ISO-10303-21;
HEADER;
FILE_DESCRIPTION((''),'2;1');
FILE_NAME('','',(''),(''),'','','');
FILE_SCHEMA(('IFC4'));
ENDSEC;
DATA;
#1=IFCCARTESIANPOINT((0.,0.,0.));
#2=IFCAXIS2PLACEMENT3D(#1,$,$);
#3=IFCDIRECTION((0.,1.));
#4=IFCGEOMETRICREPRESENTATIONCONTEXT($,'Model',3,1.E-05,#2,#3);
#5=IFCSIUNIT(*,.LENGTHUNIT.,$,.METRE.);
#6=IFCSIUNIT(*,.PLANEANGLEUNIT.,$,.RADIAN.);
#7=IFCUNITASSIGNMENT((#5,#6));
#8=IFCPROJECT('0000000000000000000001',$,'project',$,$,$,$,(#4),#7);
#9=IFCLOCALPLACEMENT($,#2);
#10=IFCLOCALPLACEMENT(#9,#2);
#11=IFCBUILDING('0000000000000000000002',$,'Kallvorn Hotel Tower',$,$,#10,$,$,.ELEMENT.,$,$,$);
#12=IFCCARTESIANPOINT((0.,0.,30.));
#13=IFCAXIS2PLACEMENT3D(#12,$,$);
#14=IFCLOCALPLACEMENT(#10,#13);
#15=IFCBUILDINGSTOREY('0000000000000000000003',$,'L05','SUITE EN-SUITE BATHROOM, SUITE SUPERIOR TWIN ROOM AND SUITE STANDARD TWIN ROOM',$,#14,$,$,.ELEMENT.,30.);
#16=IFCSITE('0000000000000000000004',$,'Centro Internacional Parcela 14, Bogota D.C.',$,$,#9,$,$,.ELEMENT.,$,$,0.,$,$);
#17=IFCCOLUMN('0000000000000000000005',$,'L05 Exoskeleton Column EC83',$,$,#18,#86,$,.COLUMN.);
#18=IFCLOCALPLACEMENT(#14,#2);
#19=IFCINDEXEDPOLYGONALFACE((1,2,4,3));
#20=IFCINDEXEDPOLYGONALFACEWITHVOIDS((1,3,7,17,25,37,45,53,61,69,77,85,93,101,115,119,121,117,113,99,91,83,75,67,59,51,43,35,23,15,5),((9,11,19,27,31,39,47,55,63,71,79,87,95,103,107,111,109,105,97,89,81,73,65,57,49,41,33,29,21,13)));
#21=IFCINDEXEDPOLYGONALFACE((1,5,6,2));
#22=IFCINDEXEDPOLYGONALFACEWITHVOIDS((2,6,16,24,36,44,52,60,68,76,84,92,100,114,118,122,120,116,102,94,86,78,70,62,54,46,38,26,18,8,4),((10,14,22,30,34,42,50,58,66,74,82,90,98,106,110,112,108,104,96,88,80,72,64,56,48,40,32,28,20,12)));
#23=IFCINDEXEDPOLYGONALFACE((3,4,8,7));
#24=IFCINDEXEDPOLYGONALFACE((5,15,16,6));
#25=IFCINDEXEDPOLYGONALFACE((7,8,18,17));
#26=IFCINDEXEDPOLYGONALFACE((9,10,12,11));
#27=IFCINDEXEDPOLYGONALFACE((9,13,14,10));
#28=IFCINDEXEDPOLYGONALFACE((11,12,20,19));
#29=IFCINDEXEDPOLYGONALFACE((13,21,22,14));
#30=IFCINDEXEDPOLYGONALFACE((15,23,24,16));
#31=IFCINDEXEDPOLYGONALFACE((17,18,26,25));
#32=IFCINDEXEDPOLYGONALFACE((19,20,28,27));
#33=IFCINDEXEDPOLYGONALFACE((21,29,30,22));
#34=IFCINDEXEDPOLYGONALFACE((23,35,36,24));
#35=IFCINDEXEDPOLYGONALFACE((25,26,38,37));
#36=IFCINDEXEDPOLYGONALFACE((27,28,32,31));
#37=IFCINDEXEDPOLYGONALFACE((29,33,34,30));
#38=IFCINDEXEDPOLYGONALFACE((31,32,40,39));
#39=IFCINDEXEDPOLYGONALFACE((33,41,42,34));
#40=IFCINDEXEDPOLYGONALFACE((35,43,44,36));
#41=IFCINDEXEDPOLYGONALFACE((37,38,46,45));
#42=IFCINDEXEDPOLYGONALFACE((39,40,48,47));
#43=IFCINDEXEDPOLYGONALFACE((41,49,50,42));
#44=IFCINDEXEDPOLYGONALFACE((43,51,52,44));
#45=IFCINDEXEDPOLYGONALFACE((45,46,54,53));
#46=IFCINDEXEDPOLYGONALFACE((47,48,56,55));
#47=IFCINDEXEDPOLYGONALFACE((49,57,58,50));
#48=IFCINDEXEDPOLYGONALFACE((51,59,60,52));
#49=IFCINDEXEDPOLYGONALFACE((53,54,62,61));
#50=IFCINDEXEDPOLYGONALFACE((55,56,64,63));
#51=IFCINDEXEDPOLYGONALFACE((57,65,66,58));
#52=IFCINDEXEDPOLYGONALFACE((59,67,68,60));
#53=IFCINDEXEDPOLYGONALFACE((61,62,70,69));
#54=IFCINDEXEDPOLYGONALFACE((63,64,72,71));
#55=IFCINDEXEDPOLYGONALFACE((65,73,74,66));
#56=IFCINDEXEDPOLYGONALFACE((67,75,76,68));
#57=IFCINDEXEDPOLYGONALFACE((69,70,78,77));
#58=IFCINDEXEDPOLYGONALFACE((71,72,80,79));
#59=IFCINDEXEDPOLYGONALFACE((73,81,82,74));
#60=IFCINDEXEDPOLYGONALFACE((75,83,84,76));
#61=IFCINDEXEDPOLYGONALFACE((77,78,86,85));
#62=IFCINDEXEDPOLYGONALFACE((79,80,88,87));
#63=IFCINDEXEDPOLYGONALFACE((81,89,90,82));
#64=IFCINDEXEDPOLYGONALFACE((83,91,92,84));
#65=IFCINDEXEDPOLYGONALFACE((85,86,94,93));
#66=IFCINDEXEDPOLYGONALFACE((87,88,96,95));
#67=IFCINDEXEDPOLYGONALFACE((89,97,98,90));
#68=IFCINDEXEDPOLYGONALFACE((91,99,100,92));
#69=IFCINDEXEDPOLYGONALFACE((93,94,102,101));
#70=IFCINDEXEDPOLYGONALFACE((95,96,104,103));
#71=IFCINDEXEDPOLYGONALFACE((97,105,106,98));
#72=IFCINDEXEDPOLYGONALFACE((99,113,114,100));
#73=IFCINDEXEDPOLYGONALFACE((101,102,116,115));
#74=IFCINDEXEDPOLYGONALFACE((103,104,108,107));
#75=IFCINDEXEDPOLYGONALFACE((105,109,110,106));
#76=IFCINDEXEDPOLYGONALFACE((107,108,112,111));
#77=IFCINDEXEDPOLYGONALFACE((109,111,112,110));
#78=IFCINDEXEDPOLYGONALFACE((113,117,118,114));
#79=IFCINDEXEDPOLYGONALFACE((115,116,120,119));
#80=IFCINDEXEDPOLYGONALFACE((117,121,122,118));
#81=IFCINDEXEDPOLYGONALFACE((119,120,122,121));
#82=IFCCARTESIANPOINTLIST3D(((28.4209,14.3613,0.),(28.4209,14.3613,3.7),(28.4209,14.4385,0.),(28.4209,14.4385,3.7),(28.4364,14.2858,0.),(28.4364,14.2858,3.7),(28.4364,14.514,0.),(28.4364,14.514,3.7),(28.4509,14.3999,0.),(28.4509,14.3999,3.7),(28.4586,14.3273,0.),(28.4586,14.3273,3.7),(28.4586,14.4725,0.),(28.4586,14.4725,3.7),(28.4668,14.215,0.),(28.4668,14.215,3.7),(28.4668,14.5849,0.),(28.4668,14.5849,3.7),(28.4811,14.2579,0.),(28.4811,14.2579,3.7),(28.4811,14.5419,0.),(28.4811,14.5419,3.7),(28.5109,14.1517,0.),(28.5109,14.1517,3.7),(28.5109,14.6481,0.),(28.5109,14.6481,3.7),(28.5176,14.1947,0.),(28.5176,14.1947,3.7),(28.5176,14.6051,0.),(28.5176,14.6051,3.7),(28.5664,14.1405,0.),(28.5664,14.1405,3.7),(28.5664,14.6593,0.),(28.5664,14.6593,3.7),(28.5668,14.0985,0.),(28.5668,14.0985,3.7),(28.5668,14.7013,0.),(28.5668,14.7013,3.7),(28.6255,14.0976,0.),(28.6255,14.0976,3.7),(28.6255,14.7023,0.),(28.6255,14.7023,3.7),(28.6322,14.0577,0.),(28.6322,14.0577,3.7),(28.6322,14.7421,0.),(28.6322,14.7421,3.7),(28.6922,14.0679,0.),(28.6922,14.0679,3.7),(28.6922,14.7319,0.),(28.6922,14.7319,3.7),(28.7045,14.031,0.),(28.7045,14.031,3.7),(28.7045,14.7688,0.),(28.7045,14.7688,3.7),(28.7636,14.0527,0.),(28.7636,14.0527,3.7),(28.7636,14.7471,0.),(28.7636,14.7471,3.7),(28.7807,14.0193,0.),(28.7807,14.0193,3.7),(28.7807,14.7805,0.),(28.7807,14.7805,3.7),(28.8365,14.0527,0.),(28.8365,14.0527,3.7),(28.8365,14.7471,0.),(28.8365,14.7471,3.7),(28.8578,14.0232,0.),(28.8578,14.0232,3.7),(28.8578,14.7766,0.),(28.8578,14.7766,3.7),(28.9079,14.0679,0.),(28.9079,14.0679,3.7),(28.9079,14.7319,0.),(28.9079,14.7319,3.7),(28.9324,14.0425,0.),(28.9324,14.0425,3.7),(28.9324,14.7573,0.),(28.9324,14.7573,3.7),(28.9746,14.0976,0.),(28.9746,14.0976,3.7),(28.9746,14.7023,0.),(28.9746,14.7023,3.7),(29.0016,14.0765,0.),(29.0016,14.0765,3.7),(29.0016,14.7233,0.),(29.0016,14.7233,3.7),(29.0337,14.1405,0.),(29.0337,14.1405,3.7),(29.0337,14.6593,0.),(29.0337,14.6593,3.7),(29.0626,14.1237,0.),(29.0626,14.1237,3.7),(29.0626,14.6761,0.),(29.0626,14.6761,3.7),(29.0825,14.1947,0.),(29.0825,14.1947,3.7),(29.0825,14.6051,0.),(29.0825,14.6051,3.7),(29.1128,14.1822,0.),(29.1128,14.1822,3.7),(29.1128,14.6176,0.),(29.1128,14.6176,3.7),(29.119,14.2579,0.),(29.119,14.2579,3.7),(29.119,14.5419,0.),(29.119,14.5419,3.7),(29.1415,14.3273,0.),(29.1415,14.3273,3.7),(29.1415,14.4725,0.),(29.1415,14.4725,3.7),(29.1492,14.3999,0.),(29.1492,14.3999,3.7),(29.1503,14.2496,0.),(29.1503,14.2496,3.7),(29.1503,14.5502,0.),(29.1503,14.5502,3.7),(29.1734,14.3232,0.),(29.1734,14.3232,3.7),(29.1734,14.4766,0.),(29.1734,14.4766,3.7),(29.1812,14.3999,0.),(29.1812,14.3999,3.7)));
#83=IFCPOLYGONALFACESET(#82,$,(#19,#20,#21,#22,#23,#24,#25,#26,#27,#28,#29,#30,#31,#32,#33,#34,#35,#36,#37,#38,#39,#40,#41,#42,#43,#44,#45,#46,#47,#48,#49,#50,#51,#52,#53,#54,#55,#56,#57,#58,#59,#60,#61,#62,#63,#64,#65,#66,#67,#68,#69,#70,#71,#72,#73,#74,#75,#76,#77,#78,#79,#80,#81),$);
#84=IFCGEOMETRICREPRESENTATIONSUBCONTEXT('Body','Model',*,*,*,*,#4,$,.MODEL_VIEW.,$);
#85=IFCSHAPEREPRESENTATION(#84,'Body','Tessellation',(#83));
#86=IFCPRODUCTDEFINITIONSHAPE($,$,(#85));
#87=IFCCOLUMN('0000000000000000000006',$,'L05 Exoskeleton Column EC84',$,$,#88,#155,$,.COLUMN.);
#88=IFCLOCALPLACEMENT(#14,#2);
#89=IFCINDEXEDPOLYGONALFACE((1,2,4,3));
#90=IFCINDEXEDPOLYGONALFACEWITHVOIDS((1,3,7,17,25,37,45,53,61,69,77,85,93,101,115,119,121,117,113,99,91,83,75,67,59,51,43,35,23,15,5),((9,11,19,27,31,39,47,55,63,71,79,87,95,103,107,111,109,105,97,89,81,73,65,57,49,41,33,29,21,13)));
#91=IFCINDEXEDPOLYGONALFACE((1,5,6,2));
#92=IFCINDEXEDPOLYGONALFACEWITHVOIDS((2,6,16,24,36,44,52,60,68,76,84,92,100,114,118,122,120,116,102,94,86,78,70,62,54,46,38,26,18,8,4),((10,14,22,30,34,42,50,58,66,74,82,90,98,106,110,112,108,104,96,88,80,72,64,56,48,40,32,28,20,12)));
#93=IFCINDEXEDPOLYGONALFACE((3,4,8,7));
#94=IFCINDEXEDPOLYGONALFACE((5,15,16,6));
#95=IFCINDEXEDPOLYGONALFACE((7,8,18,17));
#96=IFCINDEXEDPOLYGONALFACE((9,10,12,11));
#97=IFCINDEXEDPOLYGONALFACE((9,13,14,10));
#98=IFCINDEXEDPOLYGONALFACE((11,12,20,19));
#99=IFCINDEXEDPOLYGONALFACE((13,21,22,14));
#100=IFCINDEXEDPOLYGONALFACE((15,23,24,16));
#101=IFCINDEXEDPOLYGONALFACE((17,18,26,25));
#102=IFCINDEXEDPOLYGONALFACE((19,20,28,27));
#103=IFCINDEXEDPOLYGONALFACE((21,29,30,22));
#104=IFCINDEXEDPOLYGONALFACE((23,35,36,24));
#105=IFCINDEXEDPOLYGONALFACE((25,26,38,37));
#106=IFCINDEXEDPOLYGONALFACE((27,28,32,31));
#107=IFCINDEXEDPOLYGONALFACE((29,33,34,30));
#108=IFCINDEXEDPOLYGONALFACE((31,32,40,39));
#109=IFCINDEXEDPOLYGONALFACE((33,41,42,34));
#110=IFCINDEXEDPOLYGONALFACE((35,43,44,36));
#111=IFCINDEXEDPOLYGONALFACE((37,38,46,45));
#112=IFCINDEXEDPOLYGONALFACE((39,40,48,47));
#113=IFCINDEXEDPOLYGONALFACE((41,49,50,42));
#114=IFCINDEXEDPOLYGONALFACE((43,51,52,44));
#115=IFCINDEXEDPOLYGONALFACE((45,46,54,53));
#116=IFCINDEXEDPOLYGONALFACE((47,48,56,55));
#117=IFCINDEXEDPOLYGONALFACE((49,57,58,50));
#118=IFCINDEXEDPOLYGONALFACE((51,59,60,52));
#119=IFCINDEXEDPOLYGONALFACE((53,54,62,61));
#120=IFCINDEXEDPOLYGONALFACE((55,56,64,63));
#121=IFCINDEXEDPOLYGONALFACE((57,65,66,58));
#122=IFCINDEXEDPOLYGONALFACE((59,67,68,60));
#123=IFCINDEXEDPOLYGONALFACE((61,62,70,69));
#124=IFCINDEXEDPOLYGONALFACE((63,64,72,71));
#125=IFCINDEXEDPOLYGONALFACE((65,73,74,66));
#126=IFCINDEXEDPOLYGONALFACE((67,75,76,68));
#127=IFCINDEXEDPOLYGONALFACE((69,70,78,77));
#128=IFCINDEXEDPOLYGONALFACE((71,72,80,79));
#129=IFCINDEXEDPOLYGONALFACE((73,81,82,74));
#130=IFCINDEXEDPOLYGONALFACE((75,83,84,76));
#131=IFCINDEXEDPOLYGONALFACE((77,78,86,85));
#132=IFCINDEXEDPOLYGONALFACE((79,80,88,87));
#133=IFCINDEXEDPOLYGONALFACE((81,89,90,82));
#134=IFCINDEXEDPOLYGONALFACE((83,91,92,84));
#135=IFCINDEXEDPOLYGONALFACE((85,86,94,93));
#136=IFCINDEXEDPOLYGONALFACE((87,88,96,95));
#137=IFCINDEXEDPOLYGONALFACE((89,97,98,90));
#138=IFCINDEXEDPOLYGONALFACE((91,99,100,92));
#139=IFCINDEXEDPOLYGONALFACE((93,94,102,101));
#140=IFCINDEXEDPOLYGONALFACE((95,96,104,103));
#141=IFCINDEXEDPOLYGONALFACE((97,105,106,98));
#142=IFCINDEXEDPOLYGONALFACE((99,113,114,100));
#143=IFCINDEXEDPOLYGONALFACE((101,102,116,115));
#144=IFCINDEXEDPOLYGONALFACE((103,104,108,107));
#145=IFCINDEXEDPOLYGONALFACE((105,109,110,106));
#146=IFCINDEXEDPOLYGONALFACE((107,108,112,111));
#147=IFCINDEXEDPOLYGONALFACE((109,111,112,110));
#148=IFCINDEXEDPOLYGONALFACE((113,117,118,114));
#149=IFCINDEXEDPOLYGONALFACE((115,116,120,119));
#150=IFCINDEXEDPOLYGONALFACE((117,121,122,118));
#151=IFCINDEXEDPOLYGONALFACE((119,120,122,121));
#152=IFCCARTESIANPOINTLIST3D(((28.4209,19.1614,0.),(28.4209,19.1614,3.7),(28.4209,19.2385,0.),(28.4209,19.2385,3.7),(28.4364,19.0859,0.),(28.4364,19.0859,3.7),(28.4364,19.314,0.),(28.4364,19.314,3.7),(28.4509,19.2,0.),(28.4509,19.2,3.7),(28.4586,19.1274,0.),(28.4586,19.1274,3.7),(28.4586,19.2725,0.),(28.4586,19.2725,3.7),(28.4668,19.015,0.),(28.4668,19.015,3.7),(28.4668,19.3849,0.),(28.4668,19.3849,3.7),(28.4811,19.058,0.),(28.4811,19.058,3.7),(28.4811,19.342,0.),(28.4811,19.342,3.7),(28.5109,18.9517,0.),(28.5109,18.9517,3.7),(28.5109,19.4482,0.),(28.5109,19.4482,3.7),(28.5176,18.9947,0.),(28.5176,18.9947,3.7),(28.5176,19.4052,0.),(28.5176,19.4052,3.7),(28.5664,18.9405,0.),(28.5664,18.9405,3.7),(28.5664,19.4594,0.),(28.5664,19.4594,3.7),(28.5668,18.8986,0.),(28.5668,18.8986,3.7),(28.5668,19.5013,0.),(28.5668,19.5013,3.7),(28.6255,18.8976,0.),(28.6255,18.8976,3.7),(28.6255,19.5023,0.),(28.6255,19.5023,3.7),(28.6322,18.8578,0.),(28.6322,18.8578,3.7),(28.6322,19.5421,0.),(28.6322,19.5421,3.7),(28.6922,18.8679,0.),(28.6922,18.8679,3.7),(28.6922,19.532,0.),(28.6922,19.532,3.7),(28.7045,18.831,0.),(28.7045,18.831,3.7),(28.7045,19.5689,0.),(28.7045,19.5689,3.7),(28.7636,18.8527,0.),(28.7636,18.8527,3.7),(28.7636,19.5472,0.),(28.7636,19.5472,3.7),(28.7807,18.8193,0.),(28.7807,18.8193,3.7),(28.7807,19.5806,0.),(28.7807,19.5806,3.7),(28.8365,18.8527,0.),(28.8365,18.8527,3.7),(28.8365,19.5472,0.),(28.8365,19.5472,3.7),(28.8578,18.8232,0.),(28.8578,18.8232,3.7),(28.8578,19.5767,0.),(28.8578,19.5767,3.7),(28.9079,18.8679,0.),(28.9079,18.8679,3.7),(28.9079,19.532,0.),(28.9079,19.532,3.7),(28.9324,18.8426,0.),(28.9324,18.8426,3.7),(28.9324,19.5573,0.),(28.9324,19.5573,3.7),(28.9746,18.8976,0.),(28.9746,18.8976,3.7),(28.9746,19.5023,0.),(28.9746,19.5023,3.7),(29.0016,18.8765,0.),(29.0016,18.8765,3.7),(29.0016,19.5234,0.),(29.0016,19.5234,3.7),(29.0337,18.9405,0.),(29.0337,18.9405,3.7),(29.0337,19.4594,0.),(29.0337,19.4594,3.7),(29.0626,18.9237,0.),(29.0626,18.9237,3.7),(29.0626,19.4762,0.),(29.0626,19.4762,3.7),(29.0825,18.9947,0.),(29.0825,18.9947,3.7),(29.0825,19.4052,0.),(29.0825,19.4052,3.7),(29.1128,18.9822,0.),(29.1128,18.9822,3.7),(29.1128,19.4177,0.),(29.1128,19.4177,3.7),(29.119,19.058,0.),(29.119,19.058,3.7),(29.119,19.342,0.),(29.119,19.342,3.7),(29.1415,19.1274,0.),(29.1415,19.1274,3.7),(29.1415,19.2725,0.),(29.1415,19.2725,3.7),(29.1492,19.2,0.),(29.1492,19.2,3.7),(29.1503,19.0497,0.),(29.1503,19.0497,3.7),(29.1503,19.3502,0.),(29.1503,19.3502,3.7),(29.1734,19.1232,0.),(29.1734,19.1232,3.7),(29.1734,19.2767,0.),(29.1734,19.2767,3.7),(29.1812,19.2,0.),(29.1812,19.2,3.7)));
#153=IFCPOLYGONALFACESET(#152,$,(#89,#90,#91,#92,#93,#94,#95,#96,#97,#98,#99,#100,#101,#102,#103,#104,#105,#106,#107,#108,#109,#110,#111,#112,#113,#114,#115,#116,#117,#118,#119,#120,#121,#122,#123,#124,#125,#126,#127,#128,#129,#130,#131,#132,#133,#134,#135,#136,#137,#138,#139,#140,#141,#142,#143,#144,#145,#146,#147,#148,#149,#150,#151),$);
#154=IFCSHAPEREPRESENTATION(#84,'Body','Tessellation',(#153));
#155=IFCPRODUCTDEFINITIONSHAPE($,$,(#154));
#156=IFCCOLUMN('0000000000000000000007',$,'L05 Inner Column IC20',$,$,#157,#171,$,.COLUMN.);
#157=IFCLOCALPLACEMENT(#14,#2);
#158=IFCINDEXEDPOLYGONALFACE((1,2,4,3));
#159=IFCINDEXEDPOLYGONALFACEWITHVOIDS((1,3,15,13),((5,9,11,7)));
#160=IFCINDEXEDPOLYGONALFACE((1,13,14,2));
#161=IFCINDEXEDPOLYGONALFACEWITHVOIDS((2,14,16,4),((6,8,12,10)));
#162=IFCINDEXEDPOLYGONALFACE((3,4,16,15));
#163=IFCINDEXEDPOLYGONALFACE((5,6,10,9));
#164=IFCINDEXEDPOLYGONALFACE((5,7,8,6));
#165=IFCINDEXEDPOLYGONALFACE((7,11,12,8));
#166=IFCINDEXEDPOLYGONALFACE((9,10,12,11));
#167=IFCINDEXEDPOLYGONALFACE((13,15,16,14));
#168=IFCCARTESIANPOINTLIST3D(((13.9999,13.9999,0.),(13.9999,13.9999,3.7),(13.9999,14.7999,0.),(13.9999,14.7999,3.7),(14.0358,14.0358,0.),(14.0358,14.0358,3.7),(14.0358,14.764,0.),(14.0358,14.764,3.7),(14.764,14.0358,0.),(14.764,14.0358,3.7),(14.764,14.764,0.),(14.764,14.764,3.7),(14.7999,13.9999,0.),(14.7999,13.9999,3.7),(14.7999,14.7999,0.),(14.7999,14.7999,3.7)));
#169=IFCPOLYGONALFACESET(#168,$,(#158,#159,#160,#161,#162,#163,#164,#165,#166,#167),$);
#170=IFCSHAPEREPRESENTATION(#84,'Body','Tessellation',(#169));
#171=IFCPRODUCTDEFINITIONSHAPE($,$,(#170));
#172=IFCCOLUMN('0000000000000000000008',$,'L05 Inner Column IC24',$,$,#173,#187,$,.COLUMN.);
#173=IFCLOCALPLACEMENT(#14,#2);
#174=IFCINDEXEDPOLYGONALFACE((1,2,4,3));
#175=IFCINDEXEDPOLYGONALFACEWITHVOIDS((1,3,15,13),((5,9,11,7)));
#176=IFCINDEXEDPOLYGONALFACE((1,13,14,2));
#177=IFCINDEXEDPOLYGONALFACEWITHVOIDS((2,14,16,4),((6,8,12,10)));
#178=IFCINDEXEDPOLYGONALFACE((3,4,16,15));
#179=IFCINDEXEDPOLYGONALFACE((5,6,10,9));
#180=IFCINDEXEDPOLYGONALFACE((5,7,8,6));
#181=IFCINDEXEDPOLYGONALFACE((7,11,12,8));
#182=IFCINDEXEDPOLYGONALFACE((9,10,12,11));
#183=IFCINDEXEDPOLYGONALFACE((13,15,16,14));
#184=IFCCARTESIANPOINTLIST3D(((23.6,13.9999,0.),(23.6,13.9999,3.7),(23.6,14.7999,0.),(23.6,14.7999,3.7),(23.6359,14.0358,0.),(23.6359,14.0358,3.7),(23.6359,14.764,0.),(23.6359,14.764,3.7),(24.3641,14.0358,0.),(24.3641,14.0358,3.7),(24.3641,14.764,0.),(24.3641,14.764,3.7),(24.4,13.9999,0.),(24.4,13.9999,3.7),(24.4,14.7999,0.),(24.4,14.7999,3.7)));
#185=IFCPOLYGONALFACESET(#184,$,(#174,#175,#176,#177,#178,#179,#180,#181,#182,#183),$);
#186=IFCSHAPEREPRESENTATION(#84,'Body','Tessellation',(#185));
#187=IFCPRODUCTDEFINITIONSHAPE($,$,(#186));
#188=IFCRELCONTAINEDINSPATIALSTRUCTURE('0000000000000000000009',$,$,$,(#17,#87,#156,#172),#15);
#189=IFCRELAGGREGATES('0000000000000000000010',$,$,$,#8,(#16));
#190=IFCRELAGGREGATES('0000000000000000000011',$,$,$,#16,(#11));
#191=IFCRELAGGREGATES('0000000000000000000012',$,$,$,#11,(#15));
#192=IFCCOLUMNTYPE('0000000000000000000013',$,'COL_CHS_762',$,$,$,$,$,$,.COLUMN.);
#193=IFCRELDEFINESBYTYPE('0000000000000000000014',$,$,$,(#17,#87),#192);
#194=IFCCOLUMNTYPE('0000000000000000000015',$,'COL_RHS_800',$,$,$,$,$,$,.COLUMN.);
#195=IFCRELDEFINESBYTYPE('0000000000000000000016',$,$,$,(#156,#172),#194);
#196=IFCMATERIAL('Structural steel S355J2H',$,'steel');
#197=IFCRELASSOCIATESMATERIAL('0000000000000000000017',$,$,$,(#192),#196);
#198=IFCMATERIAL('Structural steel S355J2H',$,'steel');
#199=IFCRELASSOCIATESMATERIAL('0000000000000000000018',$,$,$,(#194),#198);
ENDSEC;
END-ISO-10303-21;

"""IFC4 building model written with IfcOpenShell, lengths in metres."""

from ifc_helpers import new_model, si_unit, direction, frame, origin, origin_2d, place, context, subcontext, project, spatial, hollow_rectangle, hollow_circle, extrude, material, material_profile, profile_set, type_object, element, save


model = new_model("IFC4")

# Units and contexts
model_context = context("Model", 3, precision=1e-05, world=origin(), true_north=direction((0.0, 1.0)))
body_context = subcontext(model_context, "Body", "Model", "MODEL_VIEW")
ifc_project = project(units=[si_unit("LENGTHUNIT", "METRE"), si_unit("PLANEANGLEUNIT", "RADIAN")], contexts=[model_context])

# Site, building, storey
site_placement = place(None, origin())
site = spatial("IfcSite", under=ifc_project, at=site_placement, Name="Centro Internacional Parcela 14, Bogota D.C.", CompositionType="ELEMENT", RefElevation=0.0)
building_placement = place(site_placement, origin())
building = spatial("IfcBuilding", under=site, at=building_placement, Name="Kallvorn Hotel Tower", CompositionType="ELEMENT")
storey_placement = place(building_placement, frame((0.0, 0.0, 30.0)))
storey = spatial("IfcBuildingStorey", under=building, at=storey_placement, Name="L05", Description="SUITE EN-SUITE BATHROOM, SUITE SUPERIOR TWIN ROOM AND SUITE STANDARD TWIN ROOM", CompositionType="ELEMENT", Elevation=30.0)

# Columns
ifc_material_1 = material(Name="Structural steel S355J2H", Category="steel")
ifc_material_profile_1 = material_profile(ifc_material_1, hollow_circle(Radius=0.3811, WallThickness=0.032, at=origin_2d()), Name="CHS 762x32")
ifc_profile_set_1 = profile_set([ifc_material_profile_1], Name="Structural steel S355J2H")
column_type_1 = type_object("IfcColumnType", Name="COL_CHS_762", PredefinedType="COLUMN", material=ifc_profile_set_1)
for number, where, z_axis, x_axis, name in (
    (1, (28.8, 14.3999, 0.0), (0.0, 0.0, 1.0), (1.0, 0.0, 0.0), "L05 Exoskeleton Column EC83"),
    (2, (28.8, 19.2, 0.0), (0.0, 0.0, 1.0), (1.0, 0.0, 0.0), "L05 Exoskeleton Column EC84"),
):
    element("IfcColumn", number, at=place(storey_placement, frame(where, z_axis=z_axis, x_axis=x_axis)), inside=storey, type_object=column_type_1, Name=name, PredefinedType="COLUMN", context=body_context, shape_type="SweptSolid", body=[
        extrude(hollow_circle(Radius=0.3811, WallThickness=0.032, at=origin_2d()), origin(), (0.0, 0.0, 1.0), 3.7),
    ])
ifc_material_2 = material(Name="Structural steel S355J2H", Category="steel")
ifc_material_profile_2 = material_profile(ifc_material_2, hollow_rectangle(XDim=0.8, YDim=0.8, WallThickness=0.0359, at=origin_2d()), Name="RHS 800x800x36")
ifc_profile_set_2 = profile_set([ifc_material_profile_2], Name="Structural steel S355J2H")
column_type_2 = type_object("IfcColumnType", Name="COL_RHS_800", PredefinedType="COLUMN", material=ifc_profile_set_2)
for number, where, z_axis, x_axis, name in (
    (3, (14.3999, 14.3999, 0.0), (0.0, 0.0, 1.0), (1.0, 0.0, 0.0), "L05 Inner Column IC20"),
    (4, (24.0, 14.3999, 0.0), (0.0, 0.0, 1.0), (1.0, 0.0, 0.0), "L05 Inner Column IC24"),
):
    element("IfcColumn", number, at=place(storey_placement, frame(where, z_axis=z_axis, x_axis=x_axis)), inside=storey, type_object=column_type_2, Name=name, PredefinedType="COLUMN", context=body_context, shape_type="SweptSolid", body=[
        extrude(hollow_rectangle(XDim=0.8, YDim=0.8, WallThickness=0.0359, at=origin_2d()), origin(), (0.0, 0.0, 1.0), 3.7),
    ])

save(model, "model.ifc")
